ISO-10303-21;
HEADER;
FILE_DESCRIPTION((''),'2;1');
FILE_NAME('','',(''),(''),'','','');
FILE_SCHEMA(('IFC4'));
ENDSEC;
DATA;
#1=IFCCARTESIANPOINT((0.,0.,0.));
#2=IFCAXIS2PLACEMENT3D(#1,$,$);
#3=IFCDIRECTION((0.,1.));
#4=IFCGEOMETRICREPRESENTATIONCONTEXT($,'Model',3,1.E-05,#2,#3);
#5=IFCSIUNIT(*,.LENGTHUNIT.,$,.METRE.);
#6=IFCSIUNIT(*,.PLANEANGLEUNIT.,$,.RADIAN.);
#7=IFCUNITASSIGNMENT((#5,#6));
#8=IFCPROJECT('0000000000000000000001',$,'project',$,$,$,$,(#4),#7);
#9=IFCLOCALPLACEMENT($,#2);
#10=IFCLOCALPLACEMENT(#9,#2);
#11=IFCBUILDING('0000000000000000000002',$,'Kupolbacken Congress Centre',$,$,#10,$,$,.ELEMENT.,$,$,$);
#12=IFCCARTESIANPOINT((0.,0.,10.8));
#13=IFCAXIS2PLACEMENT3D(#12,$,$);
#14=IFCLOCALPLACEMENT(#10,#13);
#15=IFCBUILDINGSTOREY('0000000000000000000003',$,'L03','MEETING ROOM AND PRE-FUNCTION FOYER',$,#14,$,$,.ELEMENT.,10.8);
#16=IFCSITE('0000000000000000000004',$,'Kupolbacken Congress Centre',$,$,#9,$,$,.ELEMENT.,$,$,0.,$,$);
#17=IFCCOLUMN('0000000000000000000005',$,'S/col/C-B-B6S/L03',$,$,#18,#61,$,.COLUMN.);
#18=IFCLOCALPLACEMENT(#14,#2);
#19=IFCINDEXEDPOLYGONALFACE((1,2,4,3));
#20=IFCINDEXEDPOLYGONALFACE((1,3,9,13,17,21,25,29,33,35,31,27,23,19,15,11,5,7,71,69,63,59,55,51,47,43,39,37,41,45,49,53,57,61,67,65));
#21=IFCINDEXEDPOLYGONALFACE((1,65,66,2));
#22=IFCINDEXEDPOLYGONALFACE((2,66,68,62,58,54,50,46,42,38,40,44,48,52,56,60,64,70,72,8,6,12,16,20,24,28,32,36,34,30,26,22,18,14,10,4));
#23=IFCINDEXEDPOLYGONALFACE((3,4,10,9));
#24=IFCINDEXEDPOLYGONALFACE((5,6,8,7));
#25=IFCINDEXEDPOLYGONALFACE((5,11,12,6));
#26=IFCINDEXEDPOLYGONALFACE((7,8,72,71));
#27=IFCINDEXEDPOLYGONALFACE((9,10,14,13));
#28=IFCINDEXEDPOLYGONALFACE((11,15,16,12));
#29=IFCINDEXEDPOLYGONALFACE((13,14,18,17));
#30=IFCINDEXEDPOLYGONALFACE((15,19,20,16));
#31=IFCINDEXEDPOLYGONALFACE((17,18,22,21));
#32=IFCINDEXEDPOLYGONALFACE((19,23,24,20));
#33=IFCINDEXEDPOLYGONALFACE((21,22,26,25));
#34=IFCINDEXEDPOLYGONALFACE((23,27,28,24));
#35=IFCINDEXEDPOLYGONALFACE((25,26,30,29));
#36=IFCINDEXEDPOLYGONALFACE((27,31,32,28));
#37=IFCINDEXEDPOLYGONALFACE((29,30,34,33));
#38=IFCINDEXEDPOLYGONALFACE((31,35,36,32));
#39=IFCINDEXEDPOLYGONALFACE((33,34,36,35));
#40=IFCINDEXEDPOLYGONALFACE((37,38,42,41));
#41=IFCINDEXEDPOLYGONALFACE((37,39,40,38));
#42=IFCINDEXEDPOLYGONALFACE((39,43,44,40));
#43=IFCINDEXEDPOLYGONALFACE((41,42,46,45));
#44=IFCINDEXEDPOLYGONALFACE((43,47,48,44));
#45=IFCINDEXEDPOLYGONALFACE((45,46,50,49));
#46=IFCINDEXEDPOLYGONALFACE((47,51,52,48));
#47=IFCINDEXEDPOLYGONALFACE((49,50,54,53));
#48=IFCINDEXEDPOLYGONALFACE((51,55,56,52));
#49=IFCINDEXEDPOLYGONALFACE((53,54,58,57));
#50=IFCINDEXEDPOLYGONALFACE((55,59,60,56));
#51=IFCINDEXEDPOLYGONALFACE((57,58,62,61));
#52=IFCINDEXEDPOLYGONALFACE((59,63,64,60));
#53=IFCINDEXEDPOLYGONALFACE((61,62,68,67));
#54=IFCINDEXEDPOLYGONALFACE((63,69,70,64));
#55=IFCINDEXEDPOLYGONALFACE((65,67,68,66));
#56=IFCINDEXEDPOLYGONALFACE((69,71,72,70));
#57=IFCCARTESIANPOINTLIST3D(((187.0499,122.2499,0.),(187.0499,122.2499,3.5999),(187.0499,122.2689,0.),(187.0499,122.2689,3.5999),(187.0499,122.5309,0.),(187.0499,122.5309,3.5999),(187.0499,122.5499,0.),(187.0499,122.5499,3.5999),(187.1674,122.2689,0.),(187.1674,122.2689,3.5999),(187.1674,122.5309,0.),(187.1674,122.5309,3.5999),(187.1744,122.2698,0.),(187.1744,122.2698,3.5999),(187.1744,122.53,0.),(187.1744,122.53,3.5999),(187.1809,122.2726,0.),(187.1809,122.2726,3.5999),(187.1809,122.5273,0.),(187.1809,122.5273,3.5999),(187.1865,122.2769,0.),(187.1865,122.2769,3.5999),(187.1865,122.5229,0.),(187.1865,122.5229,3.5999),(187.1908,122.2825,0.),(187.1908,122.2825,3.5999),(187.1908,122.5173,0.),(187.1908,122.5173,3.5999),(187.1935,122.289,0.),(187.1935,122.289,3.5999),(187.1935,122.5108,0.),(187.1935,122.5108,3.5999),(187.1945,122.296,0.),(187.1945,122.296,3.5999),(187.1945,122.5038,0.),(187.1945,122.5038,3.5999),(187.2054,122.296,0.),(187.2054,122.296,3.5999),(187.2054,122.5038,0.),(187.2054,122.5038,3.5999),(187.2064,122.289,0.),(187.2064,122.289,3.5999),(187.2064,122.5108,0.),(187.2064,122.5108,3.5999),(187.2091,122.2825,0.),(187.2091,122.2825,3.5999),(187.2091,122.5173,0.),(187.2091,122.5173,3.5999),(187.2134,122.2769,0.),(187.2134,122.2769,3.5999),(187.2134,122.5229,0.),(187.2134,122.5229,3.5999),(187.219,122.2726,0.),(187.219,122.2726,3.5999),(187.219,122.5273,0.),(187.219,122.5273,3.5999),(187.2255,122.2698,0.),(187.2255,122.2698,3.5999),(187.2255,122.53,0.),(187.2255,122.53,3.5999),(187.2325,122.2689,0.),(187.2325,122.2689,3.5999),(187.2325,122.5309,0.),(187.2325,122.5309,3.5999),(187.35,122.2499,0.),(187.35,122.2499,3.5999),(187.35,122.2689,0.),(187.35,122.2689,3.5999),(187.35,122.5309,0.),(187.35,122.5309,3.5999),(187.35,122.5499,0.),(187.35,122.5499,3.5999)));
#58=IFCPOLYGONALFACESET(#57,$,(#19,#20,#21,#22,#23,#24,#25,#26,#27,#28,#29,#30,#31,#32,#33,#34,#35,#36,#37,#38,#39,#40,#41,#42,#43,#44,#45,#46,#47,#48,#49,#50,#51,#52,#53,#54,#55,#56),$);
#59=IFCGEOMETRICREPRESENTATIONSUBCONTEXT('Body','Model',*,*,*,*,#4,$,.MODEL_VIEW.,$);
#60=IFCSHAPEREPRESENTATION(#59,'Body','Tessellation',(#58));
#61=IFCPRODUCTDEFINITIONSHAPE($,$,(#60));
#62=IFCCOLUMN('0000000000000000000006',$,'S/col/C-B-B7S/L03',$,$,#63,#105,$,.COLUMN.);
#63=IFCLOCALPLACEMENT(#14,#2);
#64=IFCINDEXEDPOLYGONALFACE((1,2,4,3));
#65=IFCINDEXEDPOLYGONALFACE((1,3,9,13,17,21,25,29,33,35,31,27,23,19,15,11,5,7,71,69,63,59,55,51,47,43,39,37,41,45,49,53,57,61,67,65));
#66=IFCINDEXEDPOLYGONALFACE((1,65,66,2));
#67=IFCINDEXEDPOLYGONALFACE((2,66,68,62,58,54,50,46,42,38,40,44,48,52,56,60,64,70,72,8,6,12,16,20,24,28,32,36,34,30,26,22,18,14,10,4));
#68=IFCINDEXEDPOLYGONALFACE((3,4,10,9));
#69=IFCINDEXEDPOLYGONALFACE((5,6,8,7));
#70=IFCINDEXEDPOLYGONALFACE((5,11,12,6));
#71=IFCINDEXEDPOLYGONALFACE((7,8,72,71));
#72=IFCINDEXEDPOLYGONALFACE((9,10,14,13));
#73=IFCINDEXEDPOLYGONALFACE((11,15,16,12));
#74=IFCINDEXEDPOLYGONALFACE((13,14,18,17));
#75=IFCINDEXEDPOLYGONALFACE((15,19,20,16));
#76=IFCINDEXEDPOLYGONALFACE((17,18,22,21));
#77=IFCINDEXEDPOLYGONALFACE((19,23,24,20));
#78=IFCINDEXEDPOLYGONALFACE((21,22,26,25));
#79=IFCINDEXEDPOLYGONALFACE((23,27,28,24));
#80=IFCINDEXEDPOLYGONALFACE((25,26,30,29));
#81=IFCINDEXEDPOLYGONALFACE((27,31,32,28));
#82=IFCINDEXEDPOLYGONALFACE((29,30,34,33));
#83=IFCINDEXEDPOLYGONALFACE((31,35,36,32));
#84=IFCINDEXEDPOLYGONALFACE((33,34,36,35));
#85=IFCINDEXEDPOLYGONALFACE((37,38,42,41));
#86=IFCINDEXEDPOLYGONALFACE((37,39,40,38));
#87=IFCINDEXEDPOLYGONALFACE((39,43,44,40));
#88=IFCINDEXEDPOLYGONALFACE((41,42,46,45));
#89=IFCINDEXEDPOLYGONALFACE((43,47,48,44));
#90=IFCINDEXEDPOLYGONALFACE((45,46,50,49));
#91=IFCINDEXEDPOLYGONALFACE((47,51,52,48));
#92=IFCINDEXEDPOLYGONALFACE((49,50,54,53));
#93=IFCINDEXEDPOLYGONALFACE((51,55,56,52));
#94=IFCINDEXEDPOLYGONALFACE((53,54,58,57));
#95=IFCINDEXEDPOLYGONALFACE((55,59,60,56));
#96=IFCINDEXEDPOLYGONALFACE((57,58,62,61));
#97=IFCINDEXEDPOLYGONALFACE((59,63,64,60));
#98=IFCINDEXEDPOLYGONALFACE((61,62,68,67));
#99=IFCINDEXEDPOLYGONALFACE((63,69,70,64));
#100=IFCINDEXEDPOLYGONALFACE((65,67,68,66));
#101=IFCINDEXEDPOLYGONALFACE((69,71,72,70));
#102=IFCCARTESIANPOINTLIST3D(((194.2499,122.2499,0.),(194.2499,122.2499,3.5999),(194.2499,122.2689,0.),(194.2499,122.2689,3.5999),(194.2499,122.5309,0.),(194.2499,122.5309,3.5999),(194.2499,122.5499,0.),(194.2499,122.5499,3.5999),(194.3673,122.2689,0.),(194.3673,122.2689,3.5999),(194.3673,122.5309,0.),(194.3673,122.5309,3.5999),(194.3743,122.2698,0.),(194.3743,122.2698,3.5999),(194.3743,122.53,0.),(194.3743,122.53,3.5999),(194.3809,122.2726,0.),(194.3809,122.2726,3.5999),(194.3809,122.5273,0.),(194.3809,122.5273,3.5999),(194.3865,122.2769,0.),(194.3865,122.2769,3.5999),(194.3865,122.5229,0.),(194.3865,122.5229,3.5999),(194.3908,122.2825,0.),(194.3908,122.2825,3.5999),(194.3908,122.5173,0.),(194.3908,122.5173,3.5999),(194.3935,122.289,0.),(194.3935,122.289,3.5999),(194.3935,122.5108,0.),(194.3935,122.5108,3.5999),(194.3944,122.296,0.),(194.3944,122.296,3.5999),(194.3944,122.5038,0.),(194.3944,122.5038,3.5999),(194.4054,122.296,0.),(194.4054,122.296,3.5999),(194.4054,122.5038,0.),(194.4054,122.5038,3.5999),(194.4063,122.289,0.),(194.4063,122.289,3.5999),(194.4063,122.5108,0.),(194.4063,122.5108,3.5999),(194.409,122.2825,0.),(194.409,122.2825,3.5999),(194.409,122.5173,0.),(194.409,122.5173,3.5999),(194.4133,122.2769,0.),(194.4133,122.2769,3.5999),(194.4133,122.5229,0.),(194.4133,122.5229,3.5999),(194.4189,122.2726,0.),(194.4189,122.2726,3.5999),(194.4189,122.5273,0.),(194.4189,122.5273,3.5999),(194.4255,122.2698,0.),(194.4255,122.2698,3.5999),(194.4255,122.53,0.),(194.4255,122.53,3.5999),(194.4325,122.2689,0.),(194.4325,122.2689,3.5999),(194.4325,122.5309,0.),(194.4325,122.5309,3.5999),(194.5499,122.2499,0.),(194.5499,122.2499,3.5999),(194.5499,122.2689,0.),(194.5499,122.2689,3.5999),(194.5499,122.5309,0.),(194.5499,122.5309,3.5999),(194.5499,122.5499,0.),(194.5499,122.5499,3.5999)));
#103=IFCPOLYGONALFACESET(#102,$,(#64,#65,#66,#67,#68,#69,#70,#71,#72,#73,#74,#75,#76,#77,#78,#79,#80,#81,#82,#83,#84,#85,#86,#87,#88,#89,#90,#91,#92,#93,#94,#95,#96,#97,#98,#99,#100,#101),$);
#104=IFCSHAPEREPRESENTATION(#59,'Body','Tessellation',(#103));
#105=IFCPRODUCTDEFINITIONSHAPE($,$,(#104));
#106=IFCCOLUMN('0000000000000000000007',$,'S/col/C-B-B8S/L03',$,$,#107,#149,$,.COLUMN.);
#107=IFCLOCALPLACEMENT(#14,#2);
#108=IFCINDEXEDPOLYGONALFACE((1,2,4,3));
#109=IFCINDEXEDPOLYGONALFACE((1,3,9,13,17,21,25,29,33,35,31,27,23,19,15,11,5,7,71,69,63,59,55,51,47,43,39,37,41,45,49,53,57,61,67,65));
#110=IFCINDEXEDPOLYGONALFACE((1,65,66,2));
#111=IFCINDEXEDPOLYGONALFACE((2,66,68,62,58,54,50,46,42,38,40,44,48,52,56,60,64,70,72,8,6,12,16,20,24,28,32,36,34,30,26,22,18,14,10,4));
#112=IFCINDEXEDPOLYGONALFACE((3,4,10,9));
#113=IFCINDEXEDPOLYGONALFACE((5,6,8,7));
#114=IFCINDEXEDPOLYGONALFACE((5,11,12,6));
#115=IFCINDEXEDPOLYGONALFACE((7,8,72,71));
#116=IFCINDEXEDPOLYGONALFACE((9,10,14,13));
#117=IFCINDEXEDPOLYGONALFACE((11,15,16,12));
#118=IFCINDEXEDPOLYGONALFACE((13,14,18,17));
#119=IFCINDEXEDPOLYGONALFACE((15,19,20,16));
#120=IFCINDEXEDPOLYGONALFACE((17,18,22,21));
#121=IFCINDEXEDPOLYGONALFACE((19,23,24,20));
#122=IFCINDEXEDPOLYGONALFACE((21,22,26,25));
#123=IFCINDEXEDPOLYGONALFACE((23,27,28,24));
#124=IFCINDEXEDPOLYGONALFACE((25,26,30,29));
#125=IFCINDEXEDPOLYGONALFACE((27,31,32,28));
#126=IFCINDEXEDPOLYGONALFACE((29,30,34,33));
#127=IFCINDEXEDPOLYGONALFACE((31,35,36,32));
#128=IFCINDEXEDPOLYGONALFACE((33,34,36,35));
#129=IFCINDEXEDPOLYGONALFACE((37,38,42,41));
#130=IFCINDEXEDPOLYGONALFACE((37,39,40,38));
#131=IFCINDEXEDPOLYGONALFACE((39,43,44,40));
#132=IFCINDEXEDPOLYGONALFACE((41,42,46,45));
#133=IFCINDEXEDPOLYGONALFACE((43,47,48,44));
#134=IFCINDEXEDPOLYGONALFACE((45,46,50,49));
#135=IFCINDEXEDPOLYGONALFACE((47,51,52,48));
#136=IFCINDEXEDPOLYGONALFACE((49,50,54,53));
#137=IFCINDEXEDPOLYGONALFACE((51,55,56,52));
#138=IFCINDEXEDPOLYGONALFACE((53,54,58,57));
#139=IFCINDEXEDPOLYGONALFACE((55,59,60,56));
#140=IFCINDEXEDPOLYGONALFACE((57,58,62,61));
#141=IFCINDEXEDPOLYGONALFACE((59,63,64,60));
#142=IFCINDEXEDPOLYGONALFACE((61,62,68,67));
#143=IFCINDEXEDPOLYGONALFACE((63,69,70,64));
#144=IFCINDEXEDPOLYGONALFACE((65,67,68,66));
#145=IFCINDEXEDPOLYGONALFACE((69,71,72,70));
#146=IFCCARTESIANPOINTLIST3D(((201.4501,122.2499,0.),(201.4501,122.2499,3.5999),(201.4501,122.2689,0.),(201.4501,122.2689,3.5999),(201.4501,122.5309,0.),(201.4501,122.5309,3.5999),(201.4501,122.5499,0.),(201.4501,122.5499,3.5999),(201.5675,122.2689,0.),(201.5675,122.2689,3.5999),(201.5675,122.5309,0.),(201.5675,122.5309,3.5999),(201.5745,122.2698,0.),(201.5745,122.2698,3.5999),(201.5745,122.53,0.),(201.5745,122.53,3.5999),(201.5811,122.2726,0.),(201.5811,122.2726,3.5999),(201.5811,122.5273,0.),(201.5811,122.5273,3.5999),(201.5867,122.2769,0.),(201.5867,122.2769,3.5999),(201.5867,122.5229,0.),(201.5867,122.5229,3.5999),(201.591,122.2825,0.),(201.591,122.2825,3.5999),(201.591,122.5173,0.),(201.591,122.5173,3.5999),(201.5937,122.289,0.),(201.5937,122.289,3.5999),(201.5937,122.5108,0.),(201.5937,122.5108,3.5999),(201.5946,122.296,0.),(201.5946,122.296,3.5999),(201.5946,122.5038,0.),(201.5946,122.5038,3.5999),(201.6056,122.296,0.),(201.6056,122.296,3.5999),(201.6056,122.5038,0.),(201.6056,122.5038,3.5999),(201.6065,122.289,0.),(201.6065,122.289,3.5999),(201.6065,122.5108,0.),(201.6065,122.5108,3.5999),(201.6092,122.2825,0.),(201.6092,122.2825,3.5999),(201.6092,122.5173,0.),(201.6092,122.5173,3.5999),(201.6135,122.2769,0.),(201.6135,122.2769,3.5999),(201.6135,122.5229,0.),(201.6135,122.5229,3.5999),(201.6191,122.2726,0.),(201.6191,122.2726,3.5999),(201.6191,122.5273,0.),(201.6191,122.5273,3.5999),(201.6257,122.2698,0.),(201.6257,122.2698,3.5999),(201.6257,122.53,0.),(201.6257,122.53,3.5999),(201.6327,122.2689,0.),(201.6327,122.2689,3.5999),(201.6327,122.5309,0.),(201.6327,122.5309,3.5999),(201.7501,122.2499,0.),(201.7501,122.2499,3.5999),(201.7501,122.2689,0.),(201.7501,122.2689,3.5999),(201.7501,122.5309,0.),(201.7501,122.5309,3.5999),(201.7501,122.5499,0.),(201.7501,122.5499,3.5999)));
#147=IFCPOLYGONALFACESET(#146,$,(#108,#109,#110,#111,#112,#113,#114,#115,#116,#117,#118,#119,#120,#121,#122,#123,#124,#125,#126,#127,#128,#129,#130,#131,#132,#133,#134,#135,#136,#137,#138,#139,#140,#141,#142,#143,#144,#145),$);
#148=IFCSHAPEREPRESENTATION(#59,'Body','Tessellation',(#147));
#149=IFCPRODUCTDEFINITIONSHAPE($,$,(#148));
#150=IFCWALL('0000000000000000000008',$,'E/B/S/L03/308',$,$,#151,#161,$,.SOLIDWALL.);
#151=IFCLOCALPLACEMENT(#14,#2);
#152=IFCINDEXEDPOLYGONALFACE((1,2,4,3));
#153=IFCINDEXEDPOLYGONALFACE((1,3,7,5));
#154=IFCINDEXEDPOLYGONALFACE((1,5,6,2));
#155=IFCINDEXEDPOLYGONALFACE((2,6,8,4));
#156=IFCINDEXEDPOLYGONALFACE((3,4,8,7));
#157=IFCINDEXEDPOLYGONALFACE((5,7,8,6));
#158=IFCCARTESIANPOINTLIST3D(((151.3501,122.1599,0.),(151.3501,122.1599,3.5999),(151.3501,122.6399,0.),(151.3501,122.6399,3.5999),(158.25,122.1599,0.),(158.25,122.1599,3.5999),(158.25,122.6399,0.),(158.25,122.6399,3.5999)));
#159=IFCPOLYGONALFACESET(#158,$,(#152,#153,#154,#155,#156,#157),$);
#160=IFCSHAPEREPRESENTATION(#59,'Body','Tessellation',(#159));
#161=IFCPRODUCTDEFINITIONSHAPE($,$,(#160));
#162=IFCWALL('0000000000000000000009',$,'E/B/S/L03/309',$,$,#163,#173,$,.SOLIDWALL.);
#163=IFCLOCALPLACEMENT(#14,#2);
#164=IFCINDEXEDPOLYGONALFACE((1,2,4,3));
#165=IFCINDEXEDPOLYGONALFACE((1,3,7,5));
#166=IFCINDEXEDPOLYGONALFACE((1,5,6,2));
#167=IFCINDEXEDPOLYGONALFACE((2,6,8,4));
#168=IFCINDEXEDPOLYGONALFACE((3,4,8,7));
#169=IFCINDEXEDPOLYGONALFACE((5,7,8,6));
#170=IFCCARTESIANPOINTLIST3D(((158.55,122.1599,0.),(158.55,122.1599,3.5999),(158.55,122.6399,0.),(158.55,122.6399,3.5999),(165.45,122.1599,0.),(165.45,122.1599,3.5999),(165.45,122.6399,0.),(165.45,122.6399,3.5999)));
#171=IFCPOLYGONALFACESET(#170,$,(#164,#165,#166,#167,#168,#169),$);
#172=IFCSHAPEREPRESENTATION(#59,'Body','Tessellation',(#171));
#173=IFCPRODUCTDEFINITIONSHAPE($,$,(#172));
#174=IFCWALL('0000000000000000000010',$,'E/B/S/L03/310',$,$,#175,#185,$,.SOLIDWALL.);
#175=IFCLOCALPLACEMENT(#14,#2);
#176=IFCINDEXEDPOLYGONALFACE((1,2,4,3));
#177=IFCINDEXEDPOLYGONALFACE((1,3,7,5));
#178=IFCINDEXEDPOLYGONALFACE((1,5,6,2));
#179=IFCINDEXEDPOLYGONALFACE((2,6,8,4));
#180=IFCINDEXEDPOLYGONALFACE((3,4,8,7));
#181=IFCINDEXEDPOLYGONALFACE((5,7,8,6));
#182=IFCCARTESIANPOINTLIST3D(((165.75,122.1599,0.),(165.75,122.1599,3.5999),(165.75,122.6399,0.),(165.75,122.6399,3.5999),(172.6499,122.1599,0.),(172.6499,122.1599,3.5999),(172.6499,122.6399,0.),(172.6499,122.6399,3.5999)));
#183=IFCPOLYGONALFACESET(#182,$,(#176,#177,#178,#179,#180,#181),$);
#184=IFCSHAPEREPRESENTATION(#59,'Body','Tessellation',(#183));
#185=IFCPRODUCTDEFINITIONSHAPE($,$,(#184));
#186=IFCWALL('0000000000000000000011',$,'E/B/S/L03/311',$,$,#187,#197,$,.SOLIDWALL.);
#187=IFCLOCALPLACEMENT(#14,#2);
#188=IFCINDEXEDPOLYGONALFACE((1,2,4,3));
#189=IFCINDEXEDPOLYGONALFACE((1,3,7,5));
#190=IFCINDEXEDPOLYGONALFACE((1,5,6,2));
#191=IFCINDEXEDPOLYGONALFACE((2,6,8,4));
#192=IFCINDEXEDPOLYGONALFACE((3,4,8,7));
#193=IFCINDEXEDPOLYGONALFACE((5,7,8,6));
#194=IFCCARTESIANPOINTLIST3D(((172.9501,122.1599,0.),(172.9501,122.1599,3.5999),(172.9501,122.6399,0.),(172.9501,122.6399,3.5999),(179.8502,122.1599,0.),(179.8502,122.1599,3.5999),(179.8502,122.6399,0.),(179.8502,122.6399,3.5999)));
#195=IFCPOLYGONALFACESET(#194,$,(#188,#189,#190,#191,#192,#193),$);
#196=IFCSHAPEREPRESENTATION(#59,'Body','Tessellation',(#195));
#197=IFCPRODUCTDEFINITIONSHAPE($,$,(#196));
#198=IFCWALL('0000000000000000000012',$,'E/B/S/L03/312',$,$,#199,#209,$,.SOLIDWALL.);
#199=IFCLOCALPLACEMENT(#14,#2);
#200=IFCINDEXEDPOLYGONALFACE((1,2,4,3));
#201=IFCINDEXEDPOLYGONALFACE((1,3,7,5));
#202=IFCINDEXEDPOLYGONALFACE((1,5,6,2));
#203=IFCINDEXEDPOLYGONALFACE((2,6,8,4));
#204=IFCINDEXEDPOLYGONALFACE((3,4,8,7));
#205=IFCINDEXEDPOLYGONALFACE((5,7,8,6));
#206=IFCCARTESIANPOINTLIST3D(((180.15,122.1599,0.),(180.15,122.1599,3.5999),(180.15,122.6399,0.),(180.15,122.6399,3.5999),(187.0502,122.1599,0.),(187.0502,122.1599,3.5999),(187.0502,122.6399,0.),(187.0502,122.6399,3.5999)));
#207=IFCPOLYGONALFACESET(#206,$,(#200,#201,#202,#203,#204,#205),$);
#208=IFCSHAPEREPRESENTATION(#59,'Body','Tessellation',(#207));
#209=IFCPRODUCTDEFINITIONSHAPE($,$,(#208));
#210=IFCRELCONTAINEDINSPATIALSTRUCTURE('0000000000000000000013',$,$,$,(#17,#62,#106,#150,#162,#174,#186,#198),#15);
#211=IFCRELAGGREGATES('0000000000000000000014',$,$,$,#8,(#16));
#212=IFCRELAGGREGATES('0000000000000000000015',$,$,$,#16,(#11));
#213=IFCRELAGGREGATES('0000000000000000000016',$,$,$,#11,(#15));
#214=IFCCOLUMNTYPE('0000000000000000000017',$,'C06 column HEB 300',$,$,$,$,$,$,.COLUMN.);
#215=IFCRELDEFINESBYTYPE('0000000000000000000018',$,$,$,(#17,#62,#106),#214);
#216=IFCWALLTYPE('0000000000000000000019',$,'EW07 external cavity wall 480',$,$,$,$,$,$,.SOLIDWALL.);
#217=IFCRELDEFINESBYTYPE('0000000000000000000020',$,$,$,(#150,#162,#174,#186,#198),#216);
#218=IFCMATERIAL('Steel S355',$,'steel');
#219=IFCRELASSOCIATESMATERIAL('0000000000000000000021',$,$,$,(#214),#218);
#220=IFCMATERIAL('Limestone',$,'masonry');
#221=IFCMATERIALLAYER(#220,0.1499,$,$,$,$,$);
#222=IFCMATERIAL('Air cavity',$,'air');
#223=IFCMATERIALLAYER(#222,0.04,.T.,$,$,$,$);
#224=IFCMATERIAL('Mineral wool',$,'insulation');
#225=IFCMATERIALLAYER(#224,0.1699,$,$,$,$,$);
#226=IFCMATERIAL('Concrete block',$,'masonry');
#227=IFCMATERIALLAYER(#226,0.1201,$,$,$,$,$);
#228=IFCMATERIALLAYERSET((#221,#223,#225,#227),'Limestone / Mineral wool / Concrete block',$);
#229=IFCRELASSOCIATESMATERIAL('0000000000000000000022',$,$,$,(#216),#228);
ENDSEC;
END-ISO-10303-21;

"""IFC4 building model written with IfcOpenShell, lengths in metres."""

from ifc_helpers import new_model, si_unit, direction, frame, frame_2d, origin, origin_2d, place, context, subcontext, project, spatial, rectangle, i_section, extrude, material, layer, layer_set, material_profile, profile_set, type_object, element, save


model = new_model("IFC4")

# Units and contexts
model_context = context("Model", 3, precision=1e-05, world=origin(), true_north=direction((0.0, 1.0)))
body_context = subcontext(model_context, "Body", "Model", "MODEL_VIEW")
ifc_project = project(units=[si_unit("LENGTHUNIT", "METRE"), si_unit("PLANEANGLEUNIT", "RADIAN")], contexts=[model_context])

# Site, building, storey
site_placement = place(None, origin())
site = spatial("IfcSite", under=ifc_project, at=site_placement, Name="Kupolbacken Congress Centre", CompositionType="ELEMENT", RefElevation=0.0)
building_placement = place(site_placement, origin())
building = spatial("IfcBuilding", under=site, at=building_placement, Name="Kupolbacken Congress Centre", CompositionType="ELEMENT")
storey_placement = place(building_placement, frame((0.0, 0.0, 10.8)))
storey = spatial("IfcBuildingStorey", under=building, at=storey_placement, Name="L03", Description="MEETING ROOM AND PRE-FUNCTION FOYER", CompositionType="ELEMENT", Elevation=10.8)

# Columns
ifc_material_1 = material(Name="Steel S355", Category="steel")
ifc_material_profile = material_profile(ifc_material_1, i_section(OverallWidth=0.3, OverallDepth=0.3, WebThickness=0.011, FlangeThickness=0.019, FilletRadius=0.0271, at=origin_2d()), Name="HEB 300")
ifc_profile_set = profile_set([ifc_material_profile], Name="Steel S355")
column_type = type_object("IfcColumnType", Name="C06 column HEB 300", PredefinedType="COLUMN", material=ifc_profile_set)
for number, where, z_axis, x_axis, name in (
    (1, (187.2, 122.3999, 0.0), (0.0, 0.0, 1.0), (1.0, 0.0, 0.0), "S/col/C-B-B6S/L03"),
    (2, (194.3999, 122.3999, 0.0), (0.0, 0.0, 1.0), (1.0, 0.0, 0.0), "S/col/C-B-B7S/L03"),
    (3, (201.6001, 122.3999, 0.0), (0.0, 0.0, 1.0), (1.0, 0.0, 0.0), "S/col/C-B-B8S/L03"),
):
    element("IfcColumn", number, at=place(storey_placement, frame(where, z_axis=z_axis, x_axis=x_axis)), inside=storey, type_object=column_type, Name=name, PredefinedType="COLUMN", context=body_context, shape_type="SweptSolid", body=[
        extrude(i_section(OverallWidth=0.3, OverallDepth=0.3, WebThickness=0.011, FlangeThickness=0.019, FilletRadius=0.0271, at=origin_2d()), origin(), (0.0, 0.0, 1.0), 3.5999),
    ])

# Walls
ifc_material_2 = material(Name="Limestone", Category="masonry")
ifc_layer_1 = layer(ifc_material_2, 0.1499)
ifc_material_3 = material(Name="Air cavity", Category="air")
ifc_layer_2 = layer(ifc_material_3, 0.04, ventilated=True)
ifc_material_4 = material(Name="Mineral wool", Category="insulation")
ifc_layer_3 = layer(ifc_material_4, 0.1699)
ifc_material_5 = material(Name="Concrete block", Category="masonry")
ifc_layer_4 = layer(ifc_material_5, 0.1201)
ifc_layer_set_1 = layer_set([ifc_layer_1, ifc_layer_2, ifc_layer_3, ifc_layer_4], Name="Limestone / Mineral wool / Concrete block")
wall_type_1 = type_object("IfcWallType", Name="EW07 external cavity wall 480", PredefinedType="SOLIDWALL", material=ifc_layer_set_1)
for number, where, z_axis, x_axis, name in (
    (4, (151.3501, 122.3999, 0.0), (0.0, 0.0, 1.0), (1.0, 0.0, 0.0), "E/B/S/L03/308"),
    (5, (158.55, 122.3999, 0.0), (0.0, 0.0, 1.0), (1.0, 0.0, 0.0), "E/B/S/L03/309"),
    (6, (165.75, 122.3999, 0.0), (0.0, 0.0, 1.0), (1.0, 0.0, 0.0), "E/B/S/L03/310"),
):
    element("IfcWall", number, at=place(storey_placement, frame(where, z_axis=z_axis, x_axis=x_axis)), inside=storey, type_object=wall_type_1, Name=name, PredefinedType="SOLIDWALL", context=body_context, shape_type="SweptSolid", body=[
        extrude(rectangle(XDim=6.8999, YDim=0.48, at=frame_2d((3.45, 0.0))), origin(), (0.0, 0.0, 1.0), 3.5999),
    ])
for number, where, z_axis, x_axis, name in (
    (7, (172.95, 122.3999, 0.0), (0.0, 0.0, 1.0), (1.0, 0.0, 0.0), "E/B/S/L03/311"),
    (8, (180.1499, 122.3999, 0.0), (0.0, 0.0, 1.0), (1.0, 0.0, 0.0), "E/B/S/L03/312"),
):
    element("IfcWall", number, at=place(storey_placement, frame(where, z_axis=z_axis, x_axis=x_axis)), inside=storey, type_object=wall_type_1, Name=name, PredefinedType="SOLIDWALL", context=body_context, shape_type="SweptSolid", body=[
        extrude(rectangle(XDim=6.9001, YDim=0.48, at=frame_2d((3.4502, 0.0))), origin(), (0.0, 0.0, 1.0), 3.5999),
    ])

save(model, "model.ifc")
